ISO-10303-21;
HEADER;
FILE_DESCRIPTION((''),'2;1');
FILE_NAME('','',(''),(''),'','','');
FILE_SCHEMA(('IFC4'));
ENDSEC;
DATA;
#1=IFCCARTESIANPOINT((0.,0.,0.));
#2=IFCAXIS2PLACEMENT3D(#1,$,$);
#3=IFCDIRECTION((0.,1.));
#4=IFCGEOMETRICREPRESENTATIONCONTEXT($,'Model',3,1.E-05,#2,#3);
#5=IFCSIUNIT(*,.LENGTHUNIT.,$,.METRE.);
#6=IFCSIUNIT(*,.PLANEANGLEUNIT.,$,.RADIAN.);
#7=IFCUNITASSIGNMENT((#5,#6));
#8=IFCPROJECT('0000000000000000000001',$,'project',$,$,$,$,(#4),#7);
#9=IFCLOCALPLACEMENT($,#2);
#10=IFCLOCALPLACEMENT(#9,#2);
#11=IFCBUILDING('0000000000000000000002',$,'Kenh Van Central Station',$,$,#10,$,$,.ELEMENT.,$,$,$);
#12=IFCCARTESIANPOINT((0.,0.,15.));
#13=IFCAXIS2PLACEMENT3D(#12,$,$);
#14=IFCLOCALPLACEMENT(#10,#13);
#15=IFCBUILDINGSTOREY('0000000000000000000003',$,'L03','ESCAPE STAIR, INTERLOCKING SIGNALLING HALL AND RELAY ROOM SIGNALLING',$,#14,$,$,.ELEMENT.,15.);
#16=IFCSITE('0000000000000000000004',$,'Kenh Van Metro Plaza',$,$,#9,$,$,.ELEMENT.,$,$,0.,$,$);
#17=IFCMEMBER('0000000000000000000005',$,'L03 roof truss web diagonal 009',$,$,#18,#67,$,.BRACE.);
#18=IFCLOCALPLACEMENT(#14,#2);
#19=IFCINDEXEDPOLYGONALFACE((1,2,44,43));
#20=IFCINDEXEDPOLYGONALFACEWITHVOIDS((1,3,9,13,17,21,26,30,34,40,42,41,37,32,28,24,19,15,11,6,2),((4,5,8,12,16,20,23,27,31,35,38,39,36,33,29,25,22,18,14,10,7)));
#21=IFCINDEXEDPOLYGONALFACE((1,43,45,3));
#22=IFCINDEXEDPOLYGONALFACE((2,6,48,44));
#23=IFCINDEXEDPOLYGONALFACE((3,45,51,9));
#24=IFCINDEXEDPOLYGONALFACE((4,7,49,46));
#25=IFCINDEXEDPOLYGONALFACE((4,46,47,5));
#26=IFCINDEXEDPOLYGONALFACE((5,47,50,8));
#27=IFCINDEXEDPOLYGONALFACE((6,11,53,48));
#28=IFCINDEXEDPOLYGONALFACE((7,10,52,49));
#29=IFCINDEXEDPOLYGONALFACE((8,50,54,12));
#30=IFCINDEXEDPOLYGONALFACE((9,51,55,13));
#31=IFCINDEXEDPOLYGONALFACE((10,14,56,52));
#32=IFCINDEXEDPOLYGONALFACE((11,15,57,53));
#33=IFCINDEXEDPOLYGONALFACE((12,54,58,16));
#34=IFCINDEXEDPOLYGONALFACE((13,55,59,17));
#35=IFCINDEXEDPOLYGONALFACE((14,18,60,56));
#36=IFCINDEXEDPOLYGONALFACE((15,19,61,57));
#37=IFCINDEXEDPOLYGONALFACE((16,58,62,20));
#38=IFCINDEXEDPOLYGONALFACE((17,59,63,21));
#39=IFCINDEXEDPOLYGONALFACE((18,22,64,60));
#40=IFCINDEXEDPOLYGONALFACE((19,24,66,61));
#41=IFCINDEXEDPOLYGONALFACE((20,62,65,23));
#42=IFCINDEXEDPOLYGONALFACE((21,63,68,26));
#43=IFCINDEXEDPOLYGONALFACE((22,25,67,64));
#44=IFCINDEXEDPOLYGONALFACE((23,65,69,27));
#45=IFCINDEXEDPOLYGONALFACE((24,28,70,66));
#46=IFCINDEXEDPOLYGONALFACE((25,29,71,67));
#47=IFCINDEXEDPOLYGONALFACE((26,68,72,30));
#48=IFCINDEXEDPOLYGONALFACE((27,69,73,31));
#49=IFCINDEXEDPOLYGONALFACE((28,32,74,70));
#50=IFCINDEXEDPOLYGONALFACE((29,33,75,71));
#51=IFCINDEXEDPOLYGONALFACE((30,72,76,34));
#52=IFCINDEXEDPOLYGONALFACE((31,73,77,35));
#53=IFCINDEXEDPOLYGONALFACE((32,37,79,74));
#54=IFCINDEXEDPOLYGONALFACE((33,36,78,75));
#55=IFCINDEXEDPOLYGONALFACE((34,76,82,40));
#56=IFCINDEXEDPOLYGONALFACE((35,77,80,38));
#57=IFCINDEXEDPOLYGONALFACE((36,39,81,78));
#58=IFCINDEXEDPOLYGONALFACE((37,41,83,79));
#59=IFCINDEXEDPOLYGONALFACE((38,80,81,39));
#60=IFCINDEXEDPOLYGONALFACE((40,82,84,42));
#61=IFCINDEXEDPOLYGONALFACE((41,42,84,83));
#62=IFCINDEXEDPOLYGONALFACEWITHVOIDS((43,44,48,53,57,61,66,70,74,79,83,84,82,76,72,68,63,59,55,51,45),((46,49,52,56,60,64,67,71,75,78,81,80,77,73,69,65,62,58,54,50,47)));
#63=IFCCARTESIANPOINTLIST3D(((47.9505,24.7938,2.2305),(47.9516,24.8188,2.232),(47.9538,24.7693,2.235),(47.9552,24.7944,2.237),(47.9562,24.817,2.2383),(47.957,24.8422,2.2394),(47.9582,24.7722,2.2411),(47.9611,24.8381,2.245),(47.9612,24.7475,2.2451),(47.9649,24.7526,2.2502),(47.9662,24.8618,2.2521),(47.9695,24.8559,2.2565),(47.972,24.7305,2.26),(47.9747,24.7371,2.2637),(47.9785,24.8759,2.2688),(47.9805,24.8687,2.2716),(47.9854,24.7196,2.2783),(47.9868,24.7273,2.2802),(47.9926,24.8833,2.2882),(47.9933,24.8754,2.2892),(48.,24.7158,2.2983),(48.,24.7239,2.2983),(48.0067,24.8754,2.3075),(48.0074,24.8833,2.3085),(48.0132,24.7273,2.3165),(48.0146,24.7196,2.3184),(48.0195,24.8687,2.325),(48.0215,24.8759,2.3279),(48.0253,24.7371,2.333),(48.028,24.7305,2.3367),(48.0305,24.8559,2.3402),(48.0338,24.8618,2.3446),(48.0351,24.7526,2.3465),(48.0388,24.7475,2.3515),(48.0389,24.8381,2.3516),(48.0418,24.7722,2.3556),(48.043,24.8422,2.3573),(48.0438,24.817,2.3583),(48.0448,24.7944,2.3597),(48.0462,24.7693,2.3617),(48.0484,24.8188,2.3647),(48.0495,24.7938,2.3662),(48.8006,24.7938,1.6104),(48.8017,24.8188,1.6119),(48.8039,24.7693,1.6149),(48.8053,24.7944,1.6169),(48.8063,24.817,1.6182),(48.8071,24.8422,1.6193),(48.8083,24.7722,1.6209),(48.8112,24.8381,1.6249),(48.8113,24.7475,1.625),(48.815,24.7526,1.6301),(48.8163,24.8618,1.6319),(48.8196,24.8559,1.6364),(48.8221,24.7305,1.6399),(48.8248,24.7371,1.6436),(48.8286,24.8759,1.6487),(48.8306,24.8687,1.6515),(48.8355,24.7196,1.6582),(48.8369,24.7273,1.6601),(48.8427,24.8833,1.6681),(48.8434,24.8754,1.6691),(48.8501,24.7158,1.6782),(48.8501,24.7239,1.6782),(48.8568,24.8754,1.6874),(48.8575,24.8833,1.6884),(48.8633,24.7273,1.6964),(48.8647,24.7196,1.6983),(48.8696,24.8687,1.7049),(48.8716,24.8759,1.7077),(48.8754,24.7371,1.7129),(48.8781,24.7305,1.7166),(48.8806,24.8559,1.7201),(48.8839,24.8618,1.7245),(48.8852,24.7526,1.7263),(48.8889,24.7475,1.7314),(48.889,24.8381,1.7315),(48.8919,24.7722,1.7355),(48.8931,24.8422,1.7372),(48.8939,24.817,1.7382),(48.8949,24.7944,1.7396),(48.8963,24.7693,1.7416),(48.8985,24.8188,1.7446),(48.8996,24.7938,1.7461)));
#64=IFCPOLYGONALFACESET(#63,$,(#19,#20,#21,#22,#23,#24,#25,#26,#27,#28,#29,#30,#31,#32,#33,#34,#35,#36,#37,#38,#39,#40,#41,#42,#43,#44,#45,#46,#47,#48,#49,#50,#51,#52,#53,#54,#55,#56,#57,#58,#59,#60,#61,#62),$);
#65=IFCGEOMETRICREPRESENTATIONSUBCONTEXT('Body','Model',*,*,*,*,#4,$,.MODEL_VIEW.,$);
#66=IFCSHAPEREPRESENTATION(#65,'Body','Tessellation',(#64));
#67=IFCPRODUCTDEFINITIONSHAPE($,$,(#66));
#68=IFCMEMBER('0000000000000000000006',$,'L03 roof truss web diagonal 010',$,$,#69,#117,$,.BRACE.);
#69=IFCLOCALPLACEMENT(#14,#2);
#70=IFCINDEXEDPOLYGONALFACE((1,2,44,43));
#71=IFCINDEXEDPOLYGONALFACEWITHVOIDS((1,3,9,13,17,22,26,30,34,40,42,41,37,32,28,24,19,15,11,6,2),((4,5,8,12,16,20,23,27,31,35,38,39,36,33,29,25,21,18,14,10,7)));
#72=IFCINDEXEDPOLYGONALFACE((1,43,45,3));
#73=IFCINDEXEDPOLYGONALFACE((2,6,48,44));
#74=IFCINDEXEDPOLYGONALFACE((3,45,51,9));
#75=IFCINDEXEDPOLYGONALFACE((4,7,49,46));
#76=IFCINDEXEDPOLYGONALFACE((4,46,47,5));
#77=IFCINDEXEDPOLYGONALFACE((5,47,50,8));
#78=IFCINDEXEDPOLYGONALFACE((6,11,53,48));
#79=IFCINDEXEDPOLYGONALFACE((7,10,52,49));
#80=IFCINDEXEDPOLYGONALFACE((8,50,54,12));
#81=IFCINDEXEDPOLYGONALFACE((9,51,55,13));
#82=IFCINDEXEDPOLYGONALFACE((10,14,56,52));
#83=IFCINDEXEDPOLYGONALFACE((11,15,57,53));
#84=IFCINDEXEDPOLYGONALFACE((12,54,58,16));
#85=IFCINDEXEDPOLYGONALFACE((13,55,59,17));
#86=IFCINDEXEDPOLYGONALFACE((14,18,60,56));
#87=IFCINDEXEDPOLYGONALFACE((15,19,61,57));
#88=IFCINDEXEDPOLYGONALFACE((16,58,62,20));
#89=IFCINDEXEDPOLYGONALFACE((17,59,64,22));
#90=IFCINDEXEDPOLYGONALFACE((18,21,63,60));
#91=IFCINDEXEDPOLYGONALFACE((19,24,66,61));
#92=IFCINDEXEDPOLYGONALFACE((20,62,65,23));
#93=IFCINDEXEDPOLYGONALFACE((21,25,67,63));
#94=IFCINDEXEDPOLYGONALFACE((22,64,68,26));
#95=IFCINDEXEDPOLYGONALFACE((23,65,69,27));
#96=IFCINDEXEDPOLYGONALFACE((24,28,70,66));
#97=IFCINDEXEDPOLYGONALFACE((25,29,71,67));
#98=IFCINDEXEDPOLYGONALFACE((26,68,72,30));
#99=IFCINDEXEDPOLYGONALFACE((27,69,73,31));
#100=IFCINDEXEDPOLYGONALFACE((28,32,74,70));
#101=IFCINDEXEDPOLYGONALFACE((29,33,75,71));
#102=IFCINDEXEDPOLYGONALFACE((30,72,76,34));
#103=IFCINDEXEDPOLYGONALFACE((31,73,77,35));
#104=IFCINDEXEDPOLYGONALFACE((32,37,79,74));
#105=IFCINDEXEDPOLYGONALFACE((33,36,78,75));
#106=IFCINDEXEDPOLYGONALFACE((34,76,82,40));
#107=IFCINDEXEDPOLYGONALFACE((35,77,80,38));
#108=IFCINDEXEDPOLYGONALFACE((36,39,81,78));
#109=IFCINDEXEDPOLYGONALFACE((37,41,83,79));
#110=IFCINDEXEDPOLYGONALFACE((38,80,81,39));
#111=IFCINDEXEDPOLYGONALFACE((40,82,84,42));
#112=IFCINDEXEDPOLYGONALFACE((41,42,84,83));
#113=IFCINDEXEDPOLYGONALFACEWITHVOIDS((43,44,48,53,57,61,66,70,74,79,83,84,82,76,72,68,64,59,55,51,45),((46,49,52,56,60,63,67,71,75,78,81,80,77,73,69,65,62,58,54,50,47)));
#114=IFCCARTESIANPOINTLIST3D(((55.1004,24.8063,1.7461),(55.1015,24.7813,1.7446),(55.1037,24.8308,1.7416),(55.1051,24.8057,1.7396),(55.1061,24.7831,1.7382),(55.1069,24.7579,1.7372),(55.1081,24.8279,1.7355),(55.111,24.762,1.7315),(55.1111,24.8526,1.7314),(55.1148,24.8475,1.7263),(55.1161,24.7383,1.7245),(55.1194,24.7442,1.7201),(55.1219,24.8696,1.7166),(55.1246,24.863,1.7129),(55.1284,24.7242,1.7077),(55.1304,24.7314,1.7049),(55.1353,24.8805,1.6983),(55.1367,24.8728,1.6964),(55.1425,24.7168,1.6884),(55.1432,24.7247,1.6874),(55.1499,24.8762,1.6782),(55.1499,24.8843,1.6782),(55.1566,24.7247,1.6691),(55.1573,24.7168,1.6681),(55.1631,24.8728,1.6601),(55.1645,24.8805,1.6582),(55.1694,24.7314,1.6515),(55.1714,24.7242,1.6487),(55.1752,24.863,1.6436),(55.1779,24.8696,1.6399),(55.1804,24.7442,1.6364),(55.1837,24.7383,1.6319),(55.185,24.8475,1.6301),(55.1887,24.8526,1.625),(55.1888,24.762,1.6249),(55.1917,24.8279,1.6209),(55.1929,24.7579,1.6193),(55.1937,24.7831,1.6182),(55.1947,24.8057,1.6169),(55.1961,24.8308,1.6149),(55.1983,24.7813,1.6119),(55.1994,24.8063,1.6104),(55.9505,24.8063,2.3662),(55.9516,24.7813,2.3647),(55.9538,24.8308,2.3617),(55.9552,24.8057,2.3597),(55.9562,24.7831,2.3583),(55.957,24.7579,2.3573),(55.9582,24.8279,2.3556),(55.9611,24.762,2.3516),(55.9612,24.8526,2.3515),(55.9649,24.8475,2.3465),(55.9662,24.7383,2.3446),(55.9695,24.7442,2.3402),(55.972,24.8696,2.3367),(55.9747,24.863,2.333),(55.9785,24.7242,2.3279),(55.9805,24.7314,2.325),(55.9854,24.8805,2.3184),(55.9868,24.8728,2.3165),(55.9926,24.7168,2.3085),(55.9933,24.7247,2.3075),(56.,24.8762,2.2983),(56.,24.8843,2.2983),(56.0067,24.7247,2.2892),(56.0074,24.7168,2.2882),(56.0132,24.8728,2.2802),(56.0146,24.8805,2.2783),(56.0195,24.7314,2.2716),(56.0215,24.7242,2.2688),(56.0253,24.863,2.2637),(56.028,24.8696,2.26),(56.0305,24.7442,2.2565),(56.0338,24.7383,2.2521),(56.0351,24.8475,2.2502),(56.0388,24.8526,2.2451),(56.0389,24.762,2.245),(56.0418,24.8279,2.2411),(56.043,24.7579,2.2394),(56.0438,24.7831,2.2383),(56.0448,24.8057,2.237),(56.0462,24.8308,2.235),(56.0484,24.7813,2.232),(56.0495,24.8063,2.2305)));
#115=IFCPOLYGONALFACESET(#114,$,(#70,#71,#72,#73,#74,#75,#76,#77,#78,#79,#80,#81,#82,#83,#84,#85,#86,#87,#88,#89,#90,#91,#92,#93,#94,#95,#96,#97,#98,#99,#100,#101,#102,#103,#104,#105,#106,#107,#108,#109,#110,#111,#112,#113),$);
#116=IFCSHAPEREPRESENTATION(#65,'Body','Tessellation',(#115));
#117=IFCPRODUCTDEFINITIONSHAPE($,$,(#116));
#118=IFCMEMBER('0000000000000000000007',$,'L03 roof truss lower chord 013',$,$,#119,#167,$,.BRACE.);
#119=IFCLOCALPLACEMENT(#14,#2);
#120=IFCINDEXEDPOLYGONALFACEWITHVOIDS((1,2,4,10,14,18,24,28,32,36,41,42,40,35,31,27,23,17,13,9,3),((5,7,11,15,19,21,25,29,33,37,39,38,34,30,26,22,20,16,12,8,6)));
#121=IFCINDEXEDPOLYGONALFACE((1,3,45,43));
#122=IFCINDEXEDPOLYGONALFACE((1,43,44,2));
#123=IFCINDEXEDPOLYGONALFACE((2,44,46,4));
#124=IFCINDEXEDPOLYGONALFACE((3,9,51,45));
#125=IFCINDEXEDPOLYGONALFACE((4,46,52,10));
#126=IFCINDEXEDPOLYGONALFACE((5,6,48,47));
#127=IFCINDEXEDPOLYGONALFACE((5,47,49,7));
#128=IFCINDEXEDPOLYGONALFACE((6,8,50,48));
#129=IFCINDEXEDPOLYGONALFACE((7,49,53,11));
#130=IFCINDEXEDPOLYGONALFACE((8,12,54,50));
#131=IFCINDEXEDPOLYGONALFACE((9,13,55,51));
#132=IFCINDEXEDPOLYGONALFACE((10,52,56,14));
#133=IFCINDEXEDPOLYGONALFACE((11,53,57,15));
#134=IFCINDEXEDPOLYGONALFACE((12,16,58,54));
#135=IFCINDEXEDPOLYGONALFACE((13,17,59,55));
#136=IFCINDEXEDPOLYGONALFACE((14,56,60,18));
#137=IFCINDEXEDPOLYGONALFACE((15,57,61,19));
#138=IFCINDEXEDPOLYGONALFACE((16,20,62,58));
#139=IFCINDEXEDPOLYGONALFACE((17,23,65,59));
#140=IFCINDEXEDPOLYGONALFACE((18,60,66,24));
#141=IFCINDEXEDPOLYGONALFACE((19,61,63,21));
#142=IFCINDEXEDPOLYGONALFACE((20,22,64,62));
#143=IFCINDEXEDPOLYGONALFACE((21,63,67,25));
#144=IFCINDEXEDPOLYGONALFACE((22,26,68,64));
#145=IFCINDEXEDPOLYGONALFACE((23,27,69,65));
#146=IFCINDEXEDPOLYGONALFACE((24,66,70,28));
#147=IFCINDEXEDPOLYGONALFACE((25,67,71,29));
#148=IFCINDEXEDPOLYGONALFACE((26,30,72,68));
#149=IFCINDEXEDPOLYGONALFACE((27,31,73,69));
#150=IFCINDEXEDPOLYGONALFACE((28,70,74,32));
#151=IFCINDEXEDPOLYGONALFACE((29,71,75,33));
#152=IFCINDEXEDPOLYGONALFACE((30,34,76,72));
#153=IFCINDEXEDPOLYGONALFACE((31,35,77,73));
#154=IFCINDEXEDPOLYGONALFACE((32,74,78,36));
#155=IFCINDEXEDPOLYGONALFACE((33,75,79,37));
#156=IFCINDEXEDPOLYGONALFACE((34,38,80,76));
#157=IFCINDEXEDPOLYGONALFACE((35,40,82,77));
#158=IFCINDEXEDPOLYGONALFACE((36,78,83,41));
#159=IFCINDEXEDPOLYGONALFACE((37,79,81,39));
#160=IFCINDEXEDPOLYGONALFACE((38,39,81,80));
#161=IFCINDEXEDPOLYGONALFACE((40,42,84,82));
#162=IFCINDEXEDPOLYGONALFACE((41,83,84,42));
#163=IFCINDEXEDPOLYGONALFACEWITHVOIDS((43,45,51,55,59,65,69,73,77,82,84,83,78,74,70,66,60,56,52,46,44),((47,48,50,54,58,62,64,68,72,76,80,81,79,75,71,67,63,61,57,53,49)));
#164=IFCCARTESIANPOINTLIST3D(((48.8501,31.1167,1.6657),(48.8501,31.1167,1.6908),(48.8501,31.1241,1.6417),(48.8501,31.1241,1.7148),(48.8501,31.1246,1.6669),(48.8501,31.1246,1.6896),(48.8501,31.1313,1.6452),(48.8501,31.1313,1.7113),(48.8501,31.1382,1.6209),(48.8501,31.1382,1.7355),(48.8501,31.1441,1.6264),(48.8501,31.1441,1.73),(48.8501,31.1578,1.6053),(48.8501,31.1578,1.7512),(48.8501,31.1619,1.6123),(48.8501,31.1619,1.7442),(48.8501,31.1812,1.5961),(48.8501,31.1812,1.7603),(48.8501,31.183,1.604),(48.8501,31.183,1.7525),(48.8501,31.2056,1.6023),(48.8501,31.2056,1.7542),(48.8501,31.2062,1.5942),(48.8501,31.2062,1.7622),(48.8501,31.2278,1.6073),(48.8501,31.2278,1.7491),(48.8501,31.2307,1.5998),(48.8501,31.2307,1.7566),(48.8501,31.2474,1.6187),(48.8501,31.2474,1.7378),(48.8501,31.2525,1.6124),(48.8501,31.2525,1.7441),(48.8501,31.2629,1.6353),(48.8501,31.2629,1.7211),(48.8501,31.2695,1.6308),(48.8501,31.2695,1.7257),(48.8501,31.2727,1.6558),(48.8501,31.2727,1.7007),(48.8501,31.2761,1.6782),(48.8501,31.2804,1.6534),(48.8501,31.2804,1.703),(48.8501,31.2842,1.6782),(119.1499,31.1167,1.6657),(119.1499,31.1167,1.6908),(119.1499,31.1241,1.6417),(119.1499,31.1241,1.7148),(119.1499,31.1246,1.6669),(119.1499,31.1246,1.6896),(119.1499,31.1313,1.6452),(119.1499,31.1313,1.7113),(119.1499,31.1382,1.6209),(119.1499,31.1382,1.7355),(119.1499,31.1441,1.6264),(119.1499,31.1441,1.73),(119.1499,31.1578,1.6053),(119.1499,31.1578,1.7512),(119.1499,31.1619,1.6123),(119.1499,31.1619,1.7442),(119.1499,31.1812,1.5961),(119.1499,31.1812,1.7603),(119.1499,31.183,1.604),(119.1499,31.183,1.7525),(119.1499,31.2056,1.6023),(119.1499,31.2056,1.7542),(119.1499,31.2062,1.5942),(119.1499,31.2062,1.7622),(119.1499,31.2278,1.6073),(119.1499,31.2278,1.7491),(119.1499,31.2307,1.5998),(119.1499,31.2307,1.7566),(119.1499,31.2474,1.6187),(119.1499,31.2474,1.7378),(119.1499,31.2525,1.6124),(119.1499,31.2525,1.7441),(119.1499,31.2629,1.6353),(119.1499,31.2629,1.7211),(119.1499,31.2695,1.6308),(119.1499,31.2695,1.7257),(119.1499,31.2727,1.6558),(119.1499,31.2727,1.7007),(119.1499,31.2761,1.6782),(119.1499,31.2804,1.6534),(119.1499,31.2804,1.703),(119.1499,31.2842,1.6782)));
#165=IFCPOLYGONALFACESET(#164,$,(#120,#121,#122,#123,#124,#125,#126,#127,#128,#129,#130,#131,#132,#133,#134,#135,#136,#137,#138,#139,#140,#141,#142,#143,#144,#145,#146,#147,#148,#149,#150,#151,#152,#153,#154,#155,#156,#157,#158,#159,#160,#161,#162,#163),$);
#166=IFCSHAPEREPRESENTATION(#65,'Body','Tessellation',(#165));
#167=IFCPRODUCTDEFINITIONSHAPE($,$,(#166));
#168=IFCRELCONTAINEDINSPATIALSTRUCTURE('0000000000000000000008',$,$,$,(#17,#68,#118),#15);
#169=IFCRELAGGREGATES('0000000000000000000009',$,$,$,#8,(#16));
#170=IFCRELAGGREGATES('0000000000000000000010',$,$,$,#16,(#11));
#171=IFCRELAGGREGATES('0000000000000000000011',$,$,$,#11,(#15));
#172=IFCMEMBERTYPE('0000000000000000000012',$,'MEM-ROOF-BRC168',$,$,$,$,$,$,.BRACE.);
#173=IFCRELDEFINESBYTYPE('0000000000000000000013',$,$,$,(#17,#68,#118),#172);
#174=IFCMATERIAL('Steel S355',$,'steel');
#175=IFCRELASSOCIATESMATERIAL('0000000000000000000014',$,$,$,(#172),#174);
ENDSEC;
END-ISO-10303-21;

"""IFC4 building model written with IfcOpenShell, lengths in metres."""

from ifc_helpers import new_model, si_unit, direction, frame, origin, origin_2d, place, context, subcontext, project, spatial, hollow_circle, extrude, material, material_profile, profile_set, type_object, element, save


model = new_model("IFC4")

# Units and contexts
model_context = context("Model", 3, precision=1e-05, world=origin(), true_north=direction((0.0, 1.0)))
body_context = subcontext(model_context, "Body", "Model", "MODEL_VIEW")
ifc_project = project(units=[si_unit("LENGTHUNIT", "METRE"), si_unit("PLANEANGLEUNIT", "RADIAN")], contexts=[model_context])

# Site, building, storey
site_placement = place(None, origin())
site = spatial("IfcSite", under=ifc_project, at=site_placement, Name="Kenh Van Metro Plaza", CompositionType="ELEMENT", RefElevation=0.0)
building_placement = place(site_placement, origin())
building = spatial("IfcBuilding", under=site, at=building_placement, Name="Kenh Van Central Station", CompositionType="ELEMENT")
storey_placement = place(building_placement, frame((0.0, 0.0, 15.0)))
storey = spatial("IfcBuildingStorey", under=building, at=storey_placement, Name="L03", Description="ESCAPE STAIR, INTERLOCKING SIGNALLING HALL AND RELAY ROOM SIGNALLING", CompositionType="ELEMENT", Elevation=15.0)

# Shared definitions
ifc_material_1 = material(Name="Steel S355", Category="steel")

# Members
ifc_material_profile_1 = material_profile(ifc_material_1, hollow_circle(Radius=0.0842, WallThickness=0.0081, at=origin_2d()), Name="CHS 168.3x8")
ifc_profile_set_1 = profile_set([ifc_material_profile_1], Name="Steel S355")
member_type_1 = type_object("IfcMemberType", Name="MEM-ROOF-BRC168", PredefinedType="BRACE", material=ifc_profile_set_1)
for number, where, z_axis, x_axis, name in (
    (1, (48.8501, 24.8, 1.6782), (-0.807892, 0.0, 0.58933), (0.0, -1.0, 0.0), "L03 roof truss web diagonal 009"),
    (2, (55.1499, 24.8, 1.6782), (0.807892, 0.0, 0.58933), (0.0, 1.0, 0.0), "L03 roof truss web diagonal 010"),
):
    element("IfcMember", number, at=place(storey_placement, frame(where, z_axis=z_axis, x_axis=x_axis)), inside=storey, type_object=member_type_1, Name=name, PredefinedType="BRACE", context=body_context, shape_type="SweptSolid", body=[
        extrude(hollow_circle(Radius=0.0842, WallThickness=0.0081, at=origin_2d()), origin(), (0.0, 0.0, 1.0), 1.0522),
    ])
member_1_placement = place(storey_placement, frame((48.8501, 31.2, 1.6782), z_axis=(1.0, 0.0, 0.0), x_axis=(0.0, 1.0, 0.0)))
element("IfcMember", 3, at=member_1_placement, inside=storey, type_object=member_type_1, Name="L03 roof truss lower chord 013", PredefinedType="BRACE", context=body_context, shape_type="SweptSolid", body=[
    extrude(hollow_circle(Radius=0.0842, WallThickness=0.0081, at=origin_2d()), origin(), (0.0, 0.0, 1.0), 70.2998),
])

save(model, "model.ifc")
